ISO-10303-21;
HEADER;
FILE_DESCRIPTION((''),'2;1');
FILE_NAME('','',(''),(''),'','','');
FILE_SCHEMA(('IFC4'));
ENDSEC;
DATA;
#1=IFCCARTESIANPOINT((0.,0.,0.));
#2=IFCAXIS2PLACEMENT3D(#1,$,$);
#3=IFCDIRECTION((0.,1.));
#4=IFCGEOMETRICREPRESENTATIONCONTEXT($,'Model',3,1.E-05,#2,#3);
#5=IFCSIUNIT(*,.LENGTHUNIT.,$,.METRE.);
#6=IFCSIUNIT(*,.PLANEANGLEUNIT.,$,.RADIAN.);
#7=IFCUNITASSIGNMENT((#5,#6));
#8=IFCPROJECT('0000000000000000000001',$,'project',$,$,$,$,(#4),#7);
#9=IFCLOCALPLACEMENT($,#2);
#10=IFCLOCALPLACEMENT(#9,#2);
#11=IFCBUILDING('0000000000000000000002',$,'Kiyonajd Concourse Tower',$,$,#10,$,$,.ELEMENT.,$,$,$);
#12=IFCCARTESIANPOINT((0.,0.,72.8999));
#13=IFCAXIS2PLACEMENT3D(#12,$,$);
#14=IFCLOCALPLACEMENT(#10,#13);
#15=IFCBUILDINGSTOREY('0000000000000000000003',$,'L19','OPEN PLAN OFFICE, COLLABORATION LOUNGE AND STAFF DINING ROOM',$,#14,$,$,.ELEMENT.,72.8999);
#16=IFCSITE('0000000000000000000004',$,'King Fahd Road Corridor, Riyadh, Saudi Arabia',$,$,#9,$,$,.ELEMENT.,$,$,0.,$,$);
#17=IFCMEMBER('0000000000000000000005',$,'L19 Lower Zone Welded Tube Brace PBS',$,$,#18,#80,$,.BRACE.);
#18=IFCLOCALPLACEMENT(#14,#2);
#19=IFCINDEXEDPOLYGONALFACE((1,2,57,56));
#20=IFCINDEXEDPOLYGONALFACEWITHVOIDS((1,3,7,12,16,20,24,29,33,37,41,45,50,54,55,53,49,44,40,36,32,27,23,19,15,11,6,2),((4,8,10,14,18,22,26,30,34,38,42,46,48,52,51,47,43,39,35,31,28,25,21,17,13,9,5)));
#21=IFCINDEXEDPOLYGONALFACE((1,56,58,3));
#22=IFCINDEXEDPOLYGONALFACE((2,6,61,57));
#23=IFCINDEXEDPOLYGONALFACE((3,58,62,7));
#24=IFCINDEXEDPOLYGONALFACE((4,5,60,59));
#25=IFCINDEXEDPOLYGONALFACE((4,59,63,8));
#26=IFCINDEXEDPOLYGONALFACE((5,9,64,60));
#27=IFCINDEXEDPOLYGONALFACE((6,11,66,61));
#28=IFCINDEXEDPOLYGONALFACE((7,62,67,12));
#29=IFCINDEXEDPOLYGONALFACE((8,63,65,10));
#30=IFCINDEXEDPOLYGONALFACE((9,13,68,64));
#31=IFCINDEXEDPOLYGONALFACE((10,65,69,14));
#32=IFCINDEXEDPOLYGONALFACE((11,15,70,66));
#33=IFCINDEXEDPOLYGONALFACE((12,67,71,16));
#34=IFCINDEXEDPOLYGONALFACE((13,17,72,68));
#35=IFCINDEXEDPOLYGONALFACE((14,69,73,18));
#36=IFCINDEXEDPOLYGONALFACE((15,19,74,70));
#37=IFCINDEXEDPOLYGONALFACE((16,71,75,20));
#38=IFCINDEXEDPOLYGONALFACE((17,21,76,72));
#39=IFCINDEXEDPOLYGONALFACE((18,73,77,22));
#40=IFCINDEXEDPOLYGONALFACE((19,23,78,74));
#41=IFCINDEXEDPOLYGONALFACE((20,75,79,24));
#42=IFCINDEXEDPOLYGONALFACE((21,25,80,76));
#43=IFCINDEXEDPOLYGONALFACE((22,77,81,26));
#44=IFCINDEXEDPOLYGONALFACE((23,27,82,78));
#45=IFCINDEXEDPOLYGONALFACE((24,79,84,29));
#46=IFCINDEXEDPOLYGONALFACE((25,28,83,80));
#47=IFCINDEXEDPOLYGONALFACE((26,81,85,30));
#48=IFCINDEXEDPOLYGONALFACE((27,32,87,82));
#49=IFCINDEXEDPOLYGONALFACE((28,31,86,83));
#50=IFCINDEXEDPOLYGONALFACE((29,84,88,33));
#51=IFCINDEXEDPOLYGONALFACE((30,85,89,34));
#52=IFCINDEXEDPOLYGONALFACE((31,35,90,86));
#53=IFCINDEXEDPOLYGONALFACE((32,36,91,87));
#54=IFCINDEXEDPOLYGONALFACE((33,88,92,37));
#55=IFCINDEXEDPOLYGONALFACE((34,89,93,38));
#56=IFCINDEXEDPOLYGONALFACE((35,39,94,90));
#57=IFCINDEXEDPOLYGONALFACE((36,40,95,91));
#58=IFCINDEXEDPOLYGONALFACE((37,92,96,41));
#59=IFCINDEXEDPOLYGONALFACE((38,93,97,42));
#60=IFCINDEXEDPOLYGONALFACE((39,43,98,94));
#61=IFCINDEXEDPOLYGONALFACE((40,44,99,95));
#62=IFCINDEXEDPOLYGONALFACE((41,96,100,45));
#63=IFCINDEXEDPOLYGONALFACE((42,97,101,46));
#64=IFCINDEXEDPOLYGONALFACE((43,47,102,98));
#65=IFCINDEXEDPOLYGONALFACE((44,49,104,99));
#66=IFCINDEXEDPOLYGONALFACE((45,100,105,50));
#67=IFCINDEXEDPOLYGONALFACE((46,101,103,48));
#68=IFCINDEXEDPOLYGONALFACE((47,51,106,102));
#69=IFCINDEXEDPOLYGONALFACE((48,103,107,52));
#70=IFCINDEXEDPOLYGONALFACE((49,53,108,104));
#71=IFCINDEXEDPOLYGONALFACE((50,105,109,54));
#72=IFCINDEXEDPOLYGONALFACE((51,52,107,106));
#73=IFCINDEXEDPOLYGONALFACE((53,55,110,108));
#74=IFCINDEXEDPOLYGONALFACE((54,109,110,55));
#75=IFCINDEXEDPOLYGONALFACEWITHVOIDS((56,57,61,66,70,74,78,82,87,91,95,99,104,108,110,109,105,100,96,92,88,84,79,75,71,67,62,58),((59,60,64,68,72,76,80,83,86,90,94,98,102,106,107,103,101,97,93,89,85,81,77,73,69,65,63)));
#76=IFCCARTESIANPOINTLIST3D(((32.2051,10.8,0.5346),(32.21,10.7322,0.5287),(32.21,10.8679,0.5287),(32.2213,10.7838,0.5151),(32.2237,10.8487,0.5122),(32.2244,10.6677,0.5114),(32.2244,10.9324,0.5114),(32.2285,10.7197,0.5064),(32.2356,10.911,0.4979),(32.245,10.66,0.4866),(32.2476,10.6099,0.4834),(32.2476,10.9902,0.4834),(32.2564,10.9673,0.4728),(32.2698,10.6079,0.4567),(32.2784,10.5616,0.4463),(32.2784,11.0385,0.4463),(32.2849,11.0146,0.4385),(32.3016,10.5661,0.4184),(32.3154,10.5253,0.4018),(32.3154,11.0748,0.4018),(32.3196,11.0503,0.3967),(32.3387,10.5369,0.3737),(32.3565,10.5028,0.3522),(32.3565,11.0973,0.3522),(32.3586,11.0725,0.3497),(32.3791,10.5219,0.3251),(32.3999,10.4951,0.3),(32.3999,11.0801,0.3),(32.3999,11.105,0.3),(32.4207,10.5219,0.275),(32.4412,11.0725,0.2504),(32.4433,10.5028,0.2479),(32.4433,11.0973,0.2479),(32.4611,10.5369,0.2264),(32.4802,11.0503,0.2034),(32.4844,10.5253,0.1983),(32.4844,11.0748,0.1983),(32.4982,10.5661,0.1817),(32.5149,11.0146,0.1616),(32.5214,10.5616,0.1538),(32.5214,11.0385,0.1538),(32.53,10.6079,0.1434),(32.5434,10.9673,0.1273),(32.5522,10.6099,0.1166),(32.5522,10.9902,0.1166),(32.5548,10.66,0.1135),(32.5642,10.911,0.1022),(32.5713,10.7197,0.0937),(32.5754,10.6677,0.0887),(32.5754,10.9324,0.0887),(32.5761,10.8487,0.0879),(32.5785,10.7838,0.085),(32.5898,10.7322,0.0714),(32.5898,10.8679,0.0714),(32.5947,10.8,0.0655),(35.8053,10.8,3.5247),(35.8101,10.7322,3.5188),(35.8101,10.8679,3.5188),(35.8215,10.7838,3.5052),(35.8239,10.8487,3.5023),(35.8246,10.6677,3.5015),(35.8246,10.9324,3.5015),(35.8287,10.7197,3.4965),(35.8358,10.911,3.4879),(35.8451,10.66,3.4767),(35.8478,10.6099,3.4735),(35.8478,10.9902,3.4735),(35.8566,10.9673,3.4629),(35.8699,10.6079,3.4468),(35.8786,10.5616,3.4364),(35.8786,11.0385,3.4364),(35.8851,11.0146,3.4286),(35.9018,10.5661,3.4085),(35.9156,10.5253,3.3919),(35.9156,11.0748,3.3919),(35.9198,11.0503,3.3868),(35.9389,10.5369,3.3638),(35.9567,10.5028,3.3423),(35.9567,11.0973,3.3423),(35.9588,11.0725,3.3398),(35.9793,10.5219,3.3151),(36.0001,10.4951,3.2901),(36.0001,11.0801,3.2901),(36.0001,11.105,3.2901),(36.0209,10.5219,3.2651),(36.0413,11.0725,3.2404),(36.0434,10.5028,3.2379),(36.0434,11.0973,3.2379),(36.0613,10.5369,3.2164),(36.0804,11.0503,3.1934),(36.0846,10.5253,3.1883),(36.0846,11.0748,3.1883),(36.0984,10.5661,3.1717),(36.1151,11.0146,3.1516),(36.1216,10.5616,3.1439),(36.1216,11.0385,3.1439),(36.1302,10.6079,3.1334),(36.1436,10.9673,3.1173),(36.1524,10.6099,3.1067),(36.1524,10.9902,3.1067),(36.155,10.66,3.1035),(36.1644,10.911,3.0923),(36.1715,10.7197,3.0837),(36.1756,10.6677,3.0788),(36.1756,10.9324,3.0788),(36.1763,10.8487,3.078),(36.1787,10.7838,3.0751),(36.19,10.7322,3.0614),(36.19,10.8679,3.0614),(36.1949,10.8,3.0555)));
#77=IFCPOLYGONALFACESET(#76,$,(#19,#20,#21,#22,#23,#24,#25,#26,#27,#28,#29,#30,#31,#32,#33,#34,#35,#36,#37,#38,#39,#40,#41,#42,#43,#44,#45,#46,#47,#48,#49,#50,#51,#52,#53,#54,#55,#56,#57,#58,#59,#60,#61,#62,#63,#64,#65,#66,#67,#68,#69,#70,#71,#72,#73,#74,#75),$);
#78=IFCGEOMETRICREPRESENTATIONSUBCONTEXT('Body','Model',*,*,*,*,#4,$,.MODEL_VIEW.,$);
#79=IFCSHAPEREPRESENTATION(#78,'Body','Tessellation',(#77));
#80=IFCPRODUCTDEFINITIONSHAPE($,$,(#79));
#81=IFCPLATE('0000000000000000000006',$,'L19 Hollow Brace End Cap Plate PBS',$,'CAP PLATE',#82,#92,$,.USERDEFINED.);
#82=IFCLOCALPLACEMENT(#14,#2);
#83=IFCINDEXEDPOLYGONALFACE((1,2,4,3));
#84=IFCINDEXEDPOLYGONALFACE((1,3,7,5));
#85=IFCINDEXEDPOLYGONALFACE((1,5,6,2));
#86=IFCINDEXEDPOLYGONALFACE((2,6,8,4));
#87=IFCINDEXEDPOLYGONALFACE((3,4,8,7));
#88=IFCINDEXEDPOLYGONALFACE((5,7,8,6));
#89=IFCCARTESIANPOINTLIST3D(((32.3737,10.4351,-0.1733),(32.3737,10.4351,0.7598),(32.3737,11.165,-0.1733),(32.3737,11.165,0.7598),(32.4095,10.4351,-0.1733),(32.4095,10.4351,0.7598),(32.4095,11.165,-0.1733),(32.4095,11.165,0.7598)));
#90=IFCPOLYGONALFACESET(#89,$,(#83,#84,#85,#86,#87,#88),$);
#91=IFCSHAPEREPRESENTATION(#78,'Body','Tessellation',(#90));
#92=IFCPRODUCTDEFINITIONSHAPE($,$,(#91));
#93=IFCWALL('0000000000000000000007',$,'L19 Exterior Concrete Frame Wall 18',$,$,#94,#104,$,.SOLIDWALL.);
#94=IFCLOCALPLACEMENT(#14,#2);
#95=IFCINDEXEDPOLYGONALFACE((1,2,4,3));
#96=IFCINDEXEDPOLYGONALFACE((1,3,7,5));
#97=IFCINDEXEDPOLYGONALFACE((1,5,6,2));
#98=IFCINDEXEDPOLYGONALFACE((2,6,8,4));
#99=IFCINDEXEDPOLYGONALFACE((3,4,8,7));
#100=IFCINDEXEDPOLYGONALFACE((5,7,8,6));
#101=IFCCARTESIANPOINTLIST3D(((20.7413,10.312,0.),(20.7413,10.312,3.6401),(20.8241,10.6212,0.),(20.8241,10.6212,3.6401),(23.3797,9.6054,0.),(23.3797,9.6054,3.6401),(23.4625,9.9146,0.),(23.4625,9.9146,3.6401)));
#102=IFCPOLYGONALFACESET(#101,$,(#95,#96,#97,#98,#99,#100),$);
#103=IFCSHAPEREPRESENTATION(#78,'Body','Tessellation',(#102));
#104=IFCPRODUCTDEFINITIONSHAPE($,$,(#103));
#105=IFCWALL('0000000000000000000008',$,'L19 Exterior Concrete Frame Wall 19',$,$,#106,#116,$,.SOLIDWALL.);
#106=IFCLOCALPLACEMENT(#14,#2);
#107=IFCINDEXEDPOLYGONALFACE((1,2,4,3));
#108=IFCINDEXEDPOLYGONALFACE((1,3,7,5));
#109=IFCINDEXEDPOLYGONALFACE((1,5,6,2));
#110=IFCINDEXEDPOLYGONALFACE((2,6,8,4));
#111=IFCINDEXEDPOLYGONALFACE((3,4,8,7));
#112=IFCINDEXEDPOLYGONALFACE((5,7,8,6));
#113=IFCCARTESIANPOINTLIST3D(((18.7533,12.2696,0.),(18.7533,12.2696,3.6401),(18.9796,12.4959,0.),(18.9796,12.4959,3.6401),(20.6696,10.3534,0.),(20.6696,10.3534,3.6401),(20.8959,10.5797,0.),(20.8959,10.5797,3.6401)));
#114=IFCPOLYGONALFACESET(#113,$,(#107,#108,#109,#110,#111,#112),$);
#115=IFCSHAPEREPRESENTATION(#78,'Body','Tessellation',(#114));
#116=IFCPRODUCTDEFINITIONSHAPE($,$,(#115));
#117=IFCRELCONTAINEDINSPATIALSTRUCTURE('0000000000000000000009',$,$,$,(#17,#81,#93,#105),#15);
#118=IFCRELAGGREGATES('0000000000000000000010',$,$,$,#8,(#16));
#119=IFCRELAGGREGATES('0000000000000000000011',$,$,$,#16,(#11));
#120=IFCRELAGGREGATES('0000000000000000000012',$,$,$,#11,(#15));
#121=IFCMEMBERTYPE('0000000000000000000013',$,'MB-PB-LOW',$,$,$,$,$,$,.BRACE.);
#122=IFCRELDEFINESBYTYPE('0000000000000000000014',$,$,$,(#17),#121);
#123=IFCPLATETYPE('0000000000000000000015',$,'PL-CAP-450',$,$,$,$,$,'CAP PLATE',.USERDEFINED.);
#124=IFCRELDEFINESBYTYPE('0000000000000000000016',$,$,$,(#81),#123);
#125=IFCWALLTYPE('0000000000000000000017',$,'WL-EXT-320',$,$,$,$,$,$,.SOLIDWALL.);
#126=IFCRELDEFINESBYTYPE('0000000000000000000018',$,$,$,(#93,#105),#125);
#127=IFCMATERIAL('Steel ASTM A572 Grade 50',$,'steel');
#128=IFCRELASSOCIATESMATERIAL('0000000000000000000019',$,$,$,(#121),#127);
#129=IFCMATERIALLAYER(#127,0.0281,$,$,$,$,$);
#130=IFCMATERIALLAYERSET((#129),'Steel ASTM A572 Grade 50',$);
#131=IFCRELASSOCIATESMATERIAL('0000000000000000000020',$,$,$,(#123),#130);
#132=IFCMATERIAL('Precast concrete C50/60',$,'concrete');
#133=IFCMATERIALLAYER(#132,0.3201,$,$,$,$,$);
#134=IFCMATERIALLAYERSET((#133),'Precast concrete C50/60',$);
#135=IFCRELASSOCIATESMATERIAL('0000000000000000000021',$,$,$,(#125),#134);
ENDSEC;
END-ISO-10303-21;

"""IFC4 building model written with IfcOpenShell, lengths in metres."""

from ifc_helpers import new_model, si_unit, direction, frame, frame_2d, origin, origin_2d, place, context, subcontext, project, spatial, rectangle, hollow_circle, extrude, material, layer, layer_set, material_profile, profile_set, type_object, element, save


model = new_model("IFC4")

# Units and contexts
model_context = context("Model", 3, precision=1e-05, world=origin(), true_north=direction((0.0, 1.0)))
body_context = subcontext(model_context, "Body", "Model", "MODEL_VIEW")
ifc_project = project(units=[si_unit("LENGTHUNIT", "METRE"), si_unit("PLANEANGLEUNIT", "RADIAN")], contexts=[model_context])

# Site, building, storey
site_placement = place(None, origin())
site = spatial("IfcSite", under=ifc_project, at=site_placement, Name="King Fahd Road Corridor, Riyadh, Saudi Arabia", CompositionType="ELEMENT", RefElevation=0.0)
building_placement = place(site_placement, origin())
building = spatial("IfcBuilding", under=site, at=building_placement, Name="Kiyonajd Concourse Tower", CompositionType="ELEMENT")
storey_placement = place(building_placement, frame((0.0, 0.0, 72.8999)))
storey = spatial("IfcBuildingStorey", under=building, at=storey_placement, Name="L19", Description="OPEN PLAN OFFICE, COLLABORATION LOUNGE AND STAFF DINING ROOM", CompositionType="ELEMENT", Elevation=72.8999)

# Shared definitions
ifc_material_1 = material(Name="Precast concrete C50/60", Category="concrete")

# Member
ifc_material_2 = material(Name="Steel ASTM A572 Grade 50", Category="steel")
ifc_material_profile_1 = material_profile(ifc_material_2, hollow_circle(Radius=0.3049, WallThickness=0.0249, at=origin_2d()), Name="CHS-610x25")
ifc_profile_set_1 = profile_set([ifc_material_profile_1], Name="Steel ASTM A572 Grade 50")
member_type = type_object("IfcMemberType", Name="MB-PB-LOW", PredefinedType="BRACE", material=ifc_profile_set_1)
member_placement = place(storey_placement, frame((32.3999, 10.8, 0.3), z_axis=(0.769281, 0.0, 0.638911), x_axis=(0.0, 1.0, 0.0)))
element("IfcMember", 1, at=member_placement, inside=storey, type_object=member_type, Name="L19 Lower Zone Welded Tube Brace PBS", PredefinedType="BRACE", context=body_context, shape_type="SweptSolid", body=[
    extrude(hollow_circle(Radius=0.3049, WallThickness=0.0249, at=origin_2d()), origin(), (0.0, 0.0, 1.0), 4.6799),
])

# Plate
ifc_layer_1 = layer(ifc_material_2, 0.0281)
ifc_layer_set_1 = layer_set([ifc_layer_1], Name="Steel ASTM A572 Grade 50")
plate_type = type_object("IfcPlateType", Name="PL-CAP-450", ElementType="CAP PLATE", PredefinedType="USERDEFINED", material=ifc_layer_set_1)
plate_placement = place(storey_placement, frame((32.3916, 10.8, -0.1733), z_axis=(0.0, 0.0, 1.0), x_axis=(-1.0, 0.0, 0.0)))
element("IfcPlate", 2, at=plate_placement, inside=storey, type_object=plate_type, Name="L19 Hollow Brace End Cap Plate PBS", ObjectType="CAP PLATE", PredefinedType="USERDEFINED", context=body_context, shape_type="SweptSolid", body=[
    extrude(rectangle(XDim=0.0359, YDim=0.73, at=origin_2d()), origin(), (0.0, 0.0, 1.0), 0.9331),
])

# Walls
ifc_layer_2 = layer(ifc_material_1, 0.3201)
ifc_layer_set_2 = layer_set([ifc_layer_2], Name="Precast concrete C50/60")
wall_type = type_object("IfcWallType", Name="WL-EXT-320", PredefinedType="SOLIDWALL", material=ifc_layer_set_2)
wall_1_placement = place(storey_placement, frame((23.4211, 9.76, 0.0), z_axis=(0.0, 0.0, 1.0), x_axis=(-0.965964, 0.258675, 0.0)))
element("IfcWall", 3, at=wall_1_placement, inside=storey, type_object=wall_type, Name="L19 Exterior Concrete Frame Wall 18", PredefinedType="SOLIDWALL", context=body_context, shape_type="SweptSolid", body=[
    extrude(rectangle(XDim=2.7314, YDim=0.3201, at=frame_2d((1.3657, 0.0))), origin(), (0.0, 0.0, 1.0), 3.6401),
])
wall_2_placement = place(storey_placement, frame((20.7827, 10.4666, 0.0), z_axis=(0.0, 0.0, 1.0), x_axis=(-0.707107, 0.707107, 0.0)))
element("IfcWall", 4, at=wall_2_placement, inside=storey, type_object=wall_type, Name="L19 Exterior Concrete Frame Wall 19", PredefinedType="SOLIDWALL", context=body_context, shape_type="SweptSolid", body=[
    extrude(rectangle(XDim=2.71, YDim=0.3201, at=frame_2d((1.355, 0.0))), origin(), (0.0, 0.0, 1.0), 3.6401),
])

save(model, "model.ifc")
